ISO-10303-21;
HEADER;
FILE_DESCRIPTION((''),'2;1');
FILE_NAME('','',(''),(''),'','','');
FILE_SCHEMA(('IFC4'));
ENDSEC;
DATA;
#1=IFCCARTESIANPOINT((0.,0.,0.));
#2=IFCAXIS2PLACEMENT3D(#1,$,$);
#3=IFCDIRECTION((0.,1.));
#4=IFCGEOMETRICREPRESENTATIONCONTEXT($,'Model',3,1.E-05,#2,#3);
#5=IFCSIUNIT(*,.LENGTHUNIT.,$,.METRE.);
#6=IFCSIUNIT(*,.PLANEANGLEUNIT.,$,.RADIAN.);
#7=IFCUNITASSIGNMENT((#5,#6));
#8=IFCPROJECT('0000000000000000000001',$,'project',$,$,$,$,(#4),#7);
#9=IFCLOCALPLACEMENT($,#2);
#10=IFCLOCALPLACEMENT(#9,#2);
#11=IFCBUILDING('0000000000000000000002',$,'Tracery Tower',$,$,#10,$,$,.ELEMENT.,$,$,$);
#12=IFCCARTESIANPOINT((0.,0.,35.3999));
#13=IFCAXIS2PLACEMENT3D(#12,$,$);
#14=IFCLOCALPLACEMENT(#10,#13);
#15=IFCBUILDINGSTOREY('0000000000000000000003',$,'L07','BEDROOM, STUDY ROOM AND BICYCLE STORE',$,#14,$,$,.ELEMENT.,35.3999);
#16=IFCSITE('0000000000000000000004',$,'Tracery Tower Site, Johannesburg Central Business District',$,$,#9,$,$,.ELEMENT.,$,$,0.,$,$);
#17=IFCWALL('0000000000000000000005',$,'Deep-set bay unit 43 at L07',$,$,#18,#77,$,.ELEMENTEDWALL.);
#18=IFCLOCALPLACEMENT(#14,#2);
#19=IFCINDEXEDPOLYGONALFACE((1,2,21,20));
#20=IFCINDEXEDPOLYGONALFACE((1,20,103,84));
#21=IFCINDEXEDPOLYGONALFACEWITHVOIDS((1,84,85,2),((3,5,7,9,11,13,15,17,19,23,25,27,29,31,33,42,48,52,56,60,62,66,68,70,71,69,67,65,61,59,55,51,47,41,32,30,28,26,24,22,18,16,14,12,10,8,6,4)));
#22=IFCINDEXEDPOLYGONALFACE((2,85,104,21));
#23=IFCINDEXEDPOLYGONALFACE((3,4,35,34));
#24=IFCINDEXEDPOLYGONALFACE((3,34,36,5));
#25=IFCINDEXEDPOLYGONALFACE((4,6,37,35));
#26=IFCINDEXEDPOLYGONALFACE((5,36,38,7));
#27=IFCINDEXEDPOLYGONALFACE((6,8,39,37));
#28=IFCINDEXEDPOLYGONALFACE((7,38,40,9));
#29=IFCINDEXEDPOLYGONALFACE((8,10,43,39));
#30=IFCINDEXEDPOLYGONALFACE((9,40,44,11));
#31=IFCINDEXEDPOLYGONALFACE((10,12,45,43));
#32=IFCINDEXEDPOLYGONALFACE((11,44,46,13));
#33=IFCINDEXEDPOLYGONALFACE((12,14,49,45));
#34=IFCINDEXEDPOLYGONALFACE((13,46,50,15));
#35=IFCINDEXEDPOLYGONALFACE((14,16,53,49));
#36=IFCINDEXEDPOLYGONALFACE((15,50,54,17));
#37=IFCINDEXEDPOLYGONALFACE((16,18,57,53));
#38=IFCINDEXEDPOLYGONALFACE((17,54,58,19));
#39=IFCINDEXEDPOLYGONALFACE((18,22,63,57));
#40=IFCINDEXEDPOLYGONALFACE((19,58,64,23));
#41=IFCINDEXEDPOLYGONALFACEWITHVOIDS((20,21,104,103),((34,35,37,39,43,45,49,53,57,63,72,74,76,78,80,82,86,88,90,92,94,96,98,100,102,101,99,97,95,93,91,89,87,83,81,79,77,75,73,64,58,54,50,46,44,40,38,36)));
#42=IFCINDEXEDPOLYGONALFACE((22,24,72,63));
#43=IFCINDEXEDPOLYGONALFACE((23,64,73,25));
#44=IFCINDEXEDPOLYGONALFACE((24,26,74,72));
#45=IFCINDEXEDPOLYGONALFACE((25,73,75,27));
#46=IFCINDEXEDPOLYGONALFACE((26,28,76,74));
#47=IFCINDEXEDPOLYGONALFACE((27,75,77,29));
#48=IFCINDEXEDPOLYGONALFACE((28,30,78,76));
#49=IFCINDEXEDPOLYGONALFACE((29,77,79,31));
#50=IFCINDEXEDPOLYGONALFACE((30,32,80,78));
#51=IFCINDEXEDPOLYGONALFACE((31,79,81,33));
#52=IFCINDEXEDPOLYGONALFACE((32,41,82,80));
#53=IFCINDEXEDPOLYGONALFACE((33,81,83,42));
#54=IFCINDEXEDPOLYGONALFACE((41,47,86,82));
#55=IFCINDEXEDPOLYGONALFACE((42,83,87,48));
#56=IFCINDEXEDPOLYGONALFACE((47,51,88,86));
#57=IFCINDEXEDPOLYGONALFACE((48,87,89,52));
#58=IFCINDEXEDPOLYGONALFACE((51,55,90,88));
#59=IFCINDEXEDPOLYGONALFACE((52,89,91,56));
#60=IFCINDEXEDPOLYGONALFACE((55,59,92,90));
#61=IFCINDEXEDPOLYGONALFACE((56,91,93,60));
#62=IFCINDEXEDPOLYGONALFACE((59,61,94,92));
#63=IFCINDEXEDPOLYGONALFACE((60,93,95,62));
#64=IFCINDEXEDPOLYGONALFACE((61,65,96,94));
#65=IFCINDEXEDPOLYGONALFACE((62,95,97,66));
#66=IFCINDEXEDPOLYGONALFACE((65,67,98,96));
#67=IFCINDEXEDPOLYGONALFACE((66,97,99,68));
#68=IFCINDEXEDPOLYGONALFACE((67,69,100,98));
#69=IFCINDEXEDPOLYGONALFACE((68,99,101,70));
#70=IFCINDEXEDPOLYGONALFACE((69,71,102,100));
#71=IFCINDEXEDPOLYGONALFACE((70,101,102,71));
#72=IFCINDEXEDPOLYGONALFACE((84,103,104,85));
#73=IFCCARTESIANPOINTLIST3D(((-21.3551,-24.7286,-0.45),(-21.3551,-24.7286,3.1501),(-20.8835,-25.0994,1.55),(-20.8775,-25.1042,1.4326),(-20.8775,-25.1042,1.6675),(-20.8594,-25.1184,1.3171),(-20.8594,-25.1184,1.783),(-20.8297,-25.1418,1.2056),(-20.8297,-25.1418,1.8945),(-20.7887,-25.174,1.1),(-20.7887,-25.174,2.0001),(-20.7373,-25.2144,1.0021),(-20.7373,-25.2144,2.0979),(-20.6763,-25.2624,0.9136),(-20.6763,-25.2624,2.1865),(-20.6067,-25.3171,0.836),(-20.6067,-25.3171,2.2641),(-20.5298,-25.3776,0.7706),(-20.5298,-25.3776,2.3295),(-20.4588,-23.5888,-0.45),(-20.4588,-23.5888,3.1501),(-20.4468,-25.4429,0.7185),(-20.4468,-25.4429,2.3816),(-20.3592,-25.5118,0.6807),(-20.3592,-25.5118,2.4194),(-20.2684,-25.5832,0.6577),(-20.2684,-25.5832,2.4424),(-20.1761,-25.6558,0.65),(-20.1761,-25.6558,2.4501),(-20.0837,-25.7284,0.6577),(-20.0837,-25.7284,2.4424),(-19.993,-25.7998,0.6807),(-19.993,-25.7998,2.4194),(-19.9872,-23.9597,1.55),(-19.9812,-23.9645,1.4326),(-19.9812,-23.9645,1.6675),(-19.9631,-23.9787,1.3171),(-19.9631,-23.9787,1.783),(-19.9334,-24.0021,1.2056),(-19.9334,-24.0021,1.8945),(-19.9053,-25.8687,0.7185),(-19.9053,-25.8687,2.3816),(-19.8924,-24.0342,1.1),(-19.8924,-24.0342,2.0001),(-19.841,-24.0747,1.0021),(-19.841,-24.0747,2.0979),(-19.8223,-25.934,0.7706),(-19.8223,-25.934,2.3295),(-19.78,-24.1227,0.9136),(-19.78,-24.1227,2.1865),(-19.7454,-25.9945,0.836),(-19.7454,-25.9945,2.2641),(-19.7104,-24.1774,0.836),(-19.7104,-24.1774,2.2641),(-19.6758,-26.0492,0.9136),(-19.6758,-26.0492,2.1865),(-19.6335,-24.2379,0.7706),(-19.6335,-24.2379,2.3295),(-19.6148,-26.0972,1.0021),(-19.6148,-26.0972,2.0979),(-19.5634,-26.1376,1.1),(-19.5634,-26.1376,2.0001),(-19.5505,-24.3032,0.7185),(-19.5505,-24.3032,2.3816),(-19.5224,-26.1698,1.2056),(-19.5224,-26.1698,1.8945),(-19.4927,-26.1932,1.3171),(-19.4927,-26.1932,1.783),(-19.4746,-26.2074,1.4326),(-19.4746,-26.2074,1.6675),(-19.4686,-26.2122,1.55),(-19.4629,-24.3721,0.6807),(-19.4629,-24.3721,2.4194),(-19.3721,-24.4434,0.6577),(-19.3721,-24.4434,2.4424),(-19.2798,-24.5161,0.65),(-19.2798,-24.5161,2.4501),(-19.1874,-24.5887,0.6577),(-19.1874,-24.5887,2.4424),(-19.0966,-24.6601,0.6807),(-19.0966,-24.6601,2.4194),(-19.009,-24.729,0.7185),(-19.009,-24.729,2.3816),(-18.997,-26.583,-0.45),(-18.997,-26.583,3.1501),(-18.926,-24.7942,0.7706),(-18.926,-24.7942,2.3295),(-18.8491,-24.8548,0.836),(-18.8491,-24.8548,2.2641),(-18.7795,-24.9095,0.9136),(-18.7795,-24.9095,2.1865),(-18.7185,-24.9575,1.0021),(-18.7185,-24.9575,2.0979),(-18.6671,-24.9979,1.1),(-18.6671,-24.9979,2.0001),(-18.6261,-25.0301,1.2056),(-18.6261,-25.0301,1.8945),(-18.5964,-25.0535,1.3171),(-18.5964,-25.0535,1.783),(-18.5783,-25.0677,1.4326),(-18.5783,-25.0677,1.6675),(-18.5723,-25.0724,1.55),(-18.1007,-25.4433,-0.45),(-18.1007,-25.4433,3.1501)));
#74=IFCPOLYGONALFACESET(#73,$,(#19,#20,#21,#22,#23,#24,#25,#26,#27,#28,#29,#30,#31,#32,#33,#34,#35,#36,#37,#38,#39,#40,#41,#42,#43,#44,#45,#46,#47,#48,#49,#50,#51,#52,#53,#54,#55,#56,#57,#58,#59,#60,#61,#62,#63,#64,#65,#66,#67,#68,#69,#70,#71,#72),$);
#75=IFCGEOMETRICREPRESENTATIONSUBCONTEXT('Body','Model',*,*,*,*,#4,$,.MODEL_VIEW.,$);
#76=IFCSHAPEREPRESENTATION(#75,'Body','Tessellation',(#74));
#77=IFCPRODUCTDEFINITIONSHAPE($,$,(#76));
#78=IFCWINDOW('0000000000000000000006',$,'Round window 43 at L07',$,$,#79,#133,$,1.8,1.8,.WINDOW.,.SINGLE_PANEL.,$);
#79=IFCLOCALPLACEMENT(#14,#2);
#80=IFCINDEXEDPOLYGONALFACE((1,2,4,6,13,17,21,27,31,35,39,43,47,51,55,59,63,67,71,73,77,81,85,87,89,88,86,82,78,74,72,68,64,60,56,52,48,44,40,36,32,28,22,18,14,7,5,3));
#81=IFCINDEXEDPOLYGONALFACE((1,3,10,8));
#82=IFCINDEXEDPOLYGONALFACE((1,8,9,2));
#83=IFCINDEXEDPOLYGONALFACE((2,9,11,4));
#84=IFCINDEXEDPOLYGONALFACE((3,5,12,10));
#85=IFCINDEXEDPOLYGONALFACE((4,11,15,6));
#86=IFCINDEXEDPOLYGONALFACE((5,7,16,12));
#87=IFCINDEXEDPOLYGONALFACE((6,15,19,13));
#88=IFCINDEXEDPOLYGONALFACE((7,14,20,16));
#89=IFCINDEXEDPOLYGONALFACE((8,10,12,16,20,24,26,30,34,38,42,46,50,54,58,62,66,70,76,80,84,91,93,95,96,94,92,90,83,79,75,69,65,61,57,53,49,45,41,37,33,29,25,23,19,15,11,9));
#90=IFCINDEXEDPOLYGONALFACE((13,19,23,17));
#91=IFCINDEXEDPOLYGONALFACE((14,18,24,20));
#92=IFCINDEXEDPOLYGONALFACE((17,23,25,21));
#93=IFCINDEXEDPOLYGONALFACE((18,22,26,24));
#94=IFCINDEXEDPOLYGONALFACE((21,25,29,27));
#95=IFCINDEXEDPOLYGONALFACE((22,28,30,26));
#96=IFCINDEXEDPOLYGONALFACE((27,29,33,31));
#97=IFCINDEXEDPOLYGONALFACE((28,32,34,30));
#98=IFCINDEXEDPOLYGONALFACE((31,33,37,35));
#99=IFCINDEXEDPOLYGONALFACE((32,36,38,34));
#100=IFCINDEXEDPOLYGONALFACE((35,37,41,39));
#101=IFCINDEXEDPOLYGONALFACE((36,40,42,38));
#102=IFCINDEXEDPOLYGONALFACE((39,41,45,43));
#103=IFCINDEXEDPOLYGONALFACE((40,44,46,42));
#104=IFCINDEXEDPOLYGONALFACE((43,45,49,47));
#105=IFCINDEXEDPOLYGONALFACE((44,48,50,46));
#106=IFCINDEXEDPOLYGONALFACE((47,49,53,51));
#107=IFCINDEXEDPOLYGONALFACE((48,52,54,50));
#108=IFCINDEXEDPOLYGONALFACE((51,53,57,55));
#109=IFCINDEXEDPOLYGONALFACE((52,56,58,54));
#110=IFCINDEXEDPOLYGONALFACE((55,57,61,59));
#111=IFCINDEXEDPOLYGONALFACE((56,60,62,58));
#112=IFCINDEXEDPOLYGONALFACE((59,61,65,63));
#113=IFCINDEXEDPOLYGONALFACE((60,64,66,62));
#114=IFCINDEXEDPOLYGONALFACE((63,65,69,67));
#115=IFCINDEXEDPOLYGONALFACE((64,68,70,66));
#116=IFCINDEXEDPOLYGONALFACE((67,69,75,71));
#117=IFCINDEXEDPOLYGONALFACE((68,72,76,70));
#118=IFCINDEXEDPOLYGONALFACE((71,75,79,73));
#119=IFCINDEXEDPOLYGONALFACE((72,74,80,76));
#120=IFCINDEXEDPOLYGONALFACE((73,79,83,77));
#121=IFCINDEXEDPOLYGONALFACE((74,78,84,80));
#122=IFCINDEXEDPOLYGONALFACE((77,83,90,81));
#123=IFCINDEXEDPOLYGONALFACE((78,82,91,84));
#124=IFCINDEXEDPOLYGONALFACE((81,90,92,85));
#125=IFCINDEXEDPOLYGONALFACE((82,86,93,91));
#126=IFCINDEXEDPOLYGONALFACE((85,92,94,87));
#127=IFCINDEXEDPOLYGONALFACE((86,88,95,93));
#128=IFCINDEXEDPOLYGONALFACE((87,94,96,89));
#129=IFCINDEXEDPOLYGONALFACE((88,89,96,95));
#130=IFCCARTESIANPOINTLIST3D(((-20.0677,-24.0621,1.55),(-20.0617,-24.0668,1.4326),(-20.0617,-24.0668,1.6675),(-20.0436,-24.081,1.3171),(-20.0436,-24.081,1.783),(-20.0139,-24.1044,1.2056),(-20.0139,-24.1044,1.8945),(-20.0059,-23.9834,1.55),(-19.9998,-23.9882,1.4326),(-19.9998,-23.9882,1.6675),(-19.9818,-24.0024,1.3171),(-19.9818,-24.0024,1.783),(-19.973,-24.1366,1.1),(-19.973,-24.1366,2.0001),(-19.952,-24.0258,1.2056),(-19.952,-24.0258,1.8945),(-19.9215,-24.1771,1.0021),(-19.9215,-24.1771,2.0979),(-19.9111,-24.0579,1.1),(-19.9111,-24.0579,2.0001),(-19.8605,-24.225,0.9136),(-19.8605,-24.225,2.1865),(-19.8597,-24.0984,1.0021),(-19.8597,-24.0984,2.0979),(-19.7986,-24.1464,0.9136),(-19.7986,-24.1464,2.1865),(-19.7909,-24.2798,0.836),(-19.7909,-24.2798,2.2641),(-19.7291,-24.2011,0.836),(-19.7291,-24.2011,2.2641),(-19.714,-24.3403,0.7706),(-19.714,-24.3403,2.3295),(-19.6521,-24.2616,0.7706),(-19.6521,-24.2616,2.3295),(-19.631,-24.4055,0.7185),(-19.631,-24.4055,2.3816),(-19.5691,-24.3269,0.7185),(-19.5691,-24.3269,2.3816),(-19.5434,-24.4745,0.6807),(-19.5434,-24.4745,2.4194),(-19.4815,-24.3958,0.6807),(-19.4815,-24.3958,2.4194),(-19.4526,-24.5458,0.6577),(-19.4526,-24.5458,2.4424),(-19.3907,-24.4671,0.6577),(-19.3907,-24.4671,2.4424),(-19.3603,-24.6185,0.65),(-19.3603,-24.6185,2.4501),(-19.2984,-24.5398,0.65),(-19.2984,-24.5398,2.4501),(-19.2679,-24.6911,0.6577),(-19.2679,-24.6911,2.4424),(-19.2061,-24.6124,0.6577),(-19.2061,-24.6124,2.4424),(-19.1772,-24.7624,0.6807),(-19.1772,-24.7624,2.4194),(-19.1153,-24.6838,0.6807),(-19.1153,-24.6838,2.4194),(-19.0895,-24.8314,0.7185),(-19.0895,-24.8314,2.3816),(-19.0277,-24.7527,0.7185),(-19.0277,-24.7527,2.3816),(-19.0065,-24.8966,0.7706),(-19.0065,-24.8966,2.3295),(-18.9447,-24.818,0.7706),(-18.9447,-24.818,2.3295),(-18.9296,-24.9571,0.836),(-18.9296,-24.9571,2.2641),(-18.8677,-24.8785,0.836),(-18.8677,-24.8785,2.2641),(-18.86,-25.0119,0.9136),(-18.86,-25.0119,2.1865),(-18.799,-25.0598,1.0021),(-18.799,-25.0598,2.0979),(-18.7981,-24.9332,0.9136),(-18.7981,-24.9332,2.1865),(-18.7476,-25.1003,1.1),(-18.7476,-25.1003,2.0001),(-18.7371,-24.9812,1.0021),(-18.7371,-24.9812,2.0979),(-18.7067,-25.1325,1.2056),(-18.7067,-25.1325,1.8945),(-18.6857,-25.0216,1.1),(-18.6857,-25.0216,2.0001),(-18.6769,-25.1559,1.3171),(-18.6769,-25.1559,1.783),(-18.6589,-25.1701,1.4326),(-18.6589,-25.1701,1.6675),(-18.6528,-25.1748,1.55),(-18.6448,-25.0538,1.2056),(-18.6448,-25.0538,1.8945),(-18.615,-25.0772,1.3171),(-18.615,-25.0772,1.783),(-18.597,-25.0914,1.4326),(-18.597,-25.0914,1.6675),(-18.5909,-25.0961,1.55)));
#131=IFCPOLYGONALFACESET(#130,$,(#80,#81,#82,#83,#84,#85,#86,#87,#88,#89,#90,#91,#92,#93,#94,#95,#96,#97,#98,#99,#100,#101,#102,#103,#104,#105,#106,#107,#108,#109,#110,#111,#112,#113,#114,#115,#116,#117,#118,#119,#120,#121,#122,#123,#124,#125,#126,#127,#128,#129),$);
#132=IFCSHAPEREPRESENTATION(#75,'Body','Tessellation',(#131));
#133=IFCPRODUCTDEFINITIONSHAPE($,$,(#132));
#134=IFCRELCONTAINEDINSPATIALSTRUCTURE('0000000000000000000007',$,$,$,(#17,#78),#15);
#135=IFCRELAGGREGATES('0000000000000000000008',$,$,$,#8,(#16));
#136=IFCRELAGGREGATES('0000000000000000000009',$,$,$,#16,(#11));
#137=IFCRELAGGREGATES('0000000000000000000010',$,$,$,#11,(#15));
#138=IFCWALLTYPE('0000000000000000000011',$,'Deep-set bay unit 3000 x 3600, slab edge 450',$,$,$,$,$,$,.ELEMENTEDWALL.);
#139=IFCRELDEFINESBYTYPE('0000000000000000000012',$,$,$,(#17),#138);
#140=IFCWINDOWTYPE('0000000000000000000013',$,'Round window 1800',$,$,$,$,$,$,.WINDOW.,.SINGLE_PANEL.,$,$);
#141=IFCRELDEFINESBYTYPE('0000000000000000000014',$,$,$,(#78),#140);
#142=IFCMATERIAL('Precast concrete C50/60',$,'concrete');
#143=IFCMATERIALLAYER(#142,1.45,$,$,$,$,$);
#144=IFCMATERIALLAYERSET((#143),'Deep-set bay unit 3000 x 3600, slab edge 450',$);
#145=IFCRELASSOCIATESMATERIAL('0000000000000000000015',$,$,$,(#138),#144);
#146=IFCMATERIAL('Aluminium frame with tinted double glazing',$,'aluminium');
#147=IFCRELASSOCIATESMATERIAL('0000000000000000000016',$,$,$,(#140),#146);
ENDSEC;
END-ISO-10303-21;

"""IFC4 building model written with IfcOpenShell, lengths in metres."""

from ifc_helpers import new_model, si_unit, direction, frame, frame_2d, origin, origin_2d, place, context, subcontext, project, spatial, rectangle, circle, extrude, material, layer, layer_set, type_object, element, fill, save


model = new_model("IFC4")

# Units and contexts
model_context = context("Model", 3, precision=1e-05, world=origin(), true_north=direction((0.0, 1.0)))
body_context = subcontext(model_context, "Body", "Model", "MODEL_VIEW")
ifc_project = project(units=[si_unit("LENGTHUNIT", "METRE"), si_unit("PLANEANGLEUNIT", "RADIAN")], contexts=[model_context])

# Site, building, storey
site_placement = place(None, origin())
site = spatial("IfcSite", under=ifc_project, at=site_placement, Name="Tracery Tower Site, Johannesburg Central Business District", CompositionType="ELEMENT", RefElevation=0.0)
building_placement = place(site_placement, origin())
building = spatial("IfcBuilding", under=site, at=building_placement, Name="Tracery Tower", CompositionType="ELEMENT")
storey_placement = place(building_placement, frame((0.0, 0.0, 35.3999)))
storey = spatial("IfcBuildingStorey", under=building, at=storey_placement, Name="L07", Description="BEDROOM, STUDY ROOM AND BICYCLE STORE", CompositionType="ELEMENT", Elevation=35.3999)

# Wall, opening, window
ifc_material_1 = material(Name="Precast concrete C50/60", Category="concrete")
ifc_layer_1 = layer(ifc_material_1, 1.45)
ifc_layer_set_1 = layer_set([ifc_layer_1], Name="Deep-set bay unit 3000 x 3600, slab edge 450")
wall_type_1 = type_object("IfcWallType", Name="Deep-set bay unit 3000 x 3600, slab edge 450", PredefinedType="ELEMENTEDWALL", material=ifc_layer_set_1)
ifc_material_2 = material(Name="Aluminium frame with tinted double glazing", Category="aluminium")
window_type = type_object("IfcWindowType", Name="Round window 1800", PartitioningType="SINGLE_PANEL", PredefinedType="WINDOW", material=ifc_material_2)
wall_1_placement = place(storey_placement, frame((-20.907, -24.1587, -0.45), z_axis=(0.0, 0.0, 1.0), x_axis=(0.78605, -0.618163, 0.0)))
wall_1 = element("IfcWall", 1, at=wall_1_placement, inside=storey, type_object=wall_type_1, Name="Deep-set bay unit 43 at L07", PredefinedType="ELEMENTEDWALL", context=body_context, shape_type="SweptSolid", body=[
    extrude(rectangle(XDim=3.0, YDim=1.45, at=frame_2d((1.5, 0.0))), origin(), (0.0, 0.0, 1.0), 3.6001),
])
opening_1_placement = place(wall_1_placement, frame((1.5, 0.0, 2.0)))
opening_1 = element("IfcOpeningElement", 2, at=opening_1_placement, cuts=wall_1, PredefinedType="OPENING", context=body_context, shape_type="SweptSolid", body=[
    extrude(circle(Radius=0.9, at=origin_2d()), frame((0.0, 0.7349, 0.0), z_axis=(0.0, -1.0, 0.0), x_axis=(1.0, 0.0, 0.0)), (0.0, 0.0, 1.0), 1.47),
])
window_1_placement = place(opening_1_placement, origin())
window_1 = element("IfcWindow", 3, at=window_1_placement, inside=storey, type_object=window_type, Name="Round window 43 at L07", OverallHeight=1.8, OverallWidth=1.8, PartitioningType="SINGLE_PANEL", PredefinedType="WINDOW", context=body_context, shape_type="SweptSolid", body=[
    extrude(circle(Radius=0.9, at=origin_2d()), frame((0.0, 0.6948, 0.0), z_axis=(0.0, -1.0, 0.0), x_axis=(1.0, 0.0, 0.0)), (0.0, 0.0, 1.0), 0.1001),
])
fill(opening_1, window_1)

save(model, "model.ifc")
